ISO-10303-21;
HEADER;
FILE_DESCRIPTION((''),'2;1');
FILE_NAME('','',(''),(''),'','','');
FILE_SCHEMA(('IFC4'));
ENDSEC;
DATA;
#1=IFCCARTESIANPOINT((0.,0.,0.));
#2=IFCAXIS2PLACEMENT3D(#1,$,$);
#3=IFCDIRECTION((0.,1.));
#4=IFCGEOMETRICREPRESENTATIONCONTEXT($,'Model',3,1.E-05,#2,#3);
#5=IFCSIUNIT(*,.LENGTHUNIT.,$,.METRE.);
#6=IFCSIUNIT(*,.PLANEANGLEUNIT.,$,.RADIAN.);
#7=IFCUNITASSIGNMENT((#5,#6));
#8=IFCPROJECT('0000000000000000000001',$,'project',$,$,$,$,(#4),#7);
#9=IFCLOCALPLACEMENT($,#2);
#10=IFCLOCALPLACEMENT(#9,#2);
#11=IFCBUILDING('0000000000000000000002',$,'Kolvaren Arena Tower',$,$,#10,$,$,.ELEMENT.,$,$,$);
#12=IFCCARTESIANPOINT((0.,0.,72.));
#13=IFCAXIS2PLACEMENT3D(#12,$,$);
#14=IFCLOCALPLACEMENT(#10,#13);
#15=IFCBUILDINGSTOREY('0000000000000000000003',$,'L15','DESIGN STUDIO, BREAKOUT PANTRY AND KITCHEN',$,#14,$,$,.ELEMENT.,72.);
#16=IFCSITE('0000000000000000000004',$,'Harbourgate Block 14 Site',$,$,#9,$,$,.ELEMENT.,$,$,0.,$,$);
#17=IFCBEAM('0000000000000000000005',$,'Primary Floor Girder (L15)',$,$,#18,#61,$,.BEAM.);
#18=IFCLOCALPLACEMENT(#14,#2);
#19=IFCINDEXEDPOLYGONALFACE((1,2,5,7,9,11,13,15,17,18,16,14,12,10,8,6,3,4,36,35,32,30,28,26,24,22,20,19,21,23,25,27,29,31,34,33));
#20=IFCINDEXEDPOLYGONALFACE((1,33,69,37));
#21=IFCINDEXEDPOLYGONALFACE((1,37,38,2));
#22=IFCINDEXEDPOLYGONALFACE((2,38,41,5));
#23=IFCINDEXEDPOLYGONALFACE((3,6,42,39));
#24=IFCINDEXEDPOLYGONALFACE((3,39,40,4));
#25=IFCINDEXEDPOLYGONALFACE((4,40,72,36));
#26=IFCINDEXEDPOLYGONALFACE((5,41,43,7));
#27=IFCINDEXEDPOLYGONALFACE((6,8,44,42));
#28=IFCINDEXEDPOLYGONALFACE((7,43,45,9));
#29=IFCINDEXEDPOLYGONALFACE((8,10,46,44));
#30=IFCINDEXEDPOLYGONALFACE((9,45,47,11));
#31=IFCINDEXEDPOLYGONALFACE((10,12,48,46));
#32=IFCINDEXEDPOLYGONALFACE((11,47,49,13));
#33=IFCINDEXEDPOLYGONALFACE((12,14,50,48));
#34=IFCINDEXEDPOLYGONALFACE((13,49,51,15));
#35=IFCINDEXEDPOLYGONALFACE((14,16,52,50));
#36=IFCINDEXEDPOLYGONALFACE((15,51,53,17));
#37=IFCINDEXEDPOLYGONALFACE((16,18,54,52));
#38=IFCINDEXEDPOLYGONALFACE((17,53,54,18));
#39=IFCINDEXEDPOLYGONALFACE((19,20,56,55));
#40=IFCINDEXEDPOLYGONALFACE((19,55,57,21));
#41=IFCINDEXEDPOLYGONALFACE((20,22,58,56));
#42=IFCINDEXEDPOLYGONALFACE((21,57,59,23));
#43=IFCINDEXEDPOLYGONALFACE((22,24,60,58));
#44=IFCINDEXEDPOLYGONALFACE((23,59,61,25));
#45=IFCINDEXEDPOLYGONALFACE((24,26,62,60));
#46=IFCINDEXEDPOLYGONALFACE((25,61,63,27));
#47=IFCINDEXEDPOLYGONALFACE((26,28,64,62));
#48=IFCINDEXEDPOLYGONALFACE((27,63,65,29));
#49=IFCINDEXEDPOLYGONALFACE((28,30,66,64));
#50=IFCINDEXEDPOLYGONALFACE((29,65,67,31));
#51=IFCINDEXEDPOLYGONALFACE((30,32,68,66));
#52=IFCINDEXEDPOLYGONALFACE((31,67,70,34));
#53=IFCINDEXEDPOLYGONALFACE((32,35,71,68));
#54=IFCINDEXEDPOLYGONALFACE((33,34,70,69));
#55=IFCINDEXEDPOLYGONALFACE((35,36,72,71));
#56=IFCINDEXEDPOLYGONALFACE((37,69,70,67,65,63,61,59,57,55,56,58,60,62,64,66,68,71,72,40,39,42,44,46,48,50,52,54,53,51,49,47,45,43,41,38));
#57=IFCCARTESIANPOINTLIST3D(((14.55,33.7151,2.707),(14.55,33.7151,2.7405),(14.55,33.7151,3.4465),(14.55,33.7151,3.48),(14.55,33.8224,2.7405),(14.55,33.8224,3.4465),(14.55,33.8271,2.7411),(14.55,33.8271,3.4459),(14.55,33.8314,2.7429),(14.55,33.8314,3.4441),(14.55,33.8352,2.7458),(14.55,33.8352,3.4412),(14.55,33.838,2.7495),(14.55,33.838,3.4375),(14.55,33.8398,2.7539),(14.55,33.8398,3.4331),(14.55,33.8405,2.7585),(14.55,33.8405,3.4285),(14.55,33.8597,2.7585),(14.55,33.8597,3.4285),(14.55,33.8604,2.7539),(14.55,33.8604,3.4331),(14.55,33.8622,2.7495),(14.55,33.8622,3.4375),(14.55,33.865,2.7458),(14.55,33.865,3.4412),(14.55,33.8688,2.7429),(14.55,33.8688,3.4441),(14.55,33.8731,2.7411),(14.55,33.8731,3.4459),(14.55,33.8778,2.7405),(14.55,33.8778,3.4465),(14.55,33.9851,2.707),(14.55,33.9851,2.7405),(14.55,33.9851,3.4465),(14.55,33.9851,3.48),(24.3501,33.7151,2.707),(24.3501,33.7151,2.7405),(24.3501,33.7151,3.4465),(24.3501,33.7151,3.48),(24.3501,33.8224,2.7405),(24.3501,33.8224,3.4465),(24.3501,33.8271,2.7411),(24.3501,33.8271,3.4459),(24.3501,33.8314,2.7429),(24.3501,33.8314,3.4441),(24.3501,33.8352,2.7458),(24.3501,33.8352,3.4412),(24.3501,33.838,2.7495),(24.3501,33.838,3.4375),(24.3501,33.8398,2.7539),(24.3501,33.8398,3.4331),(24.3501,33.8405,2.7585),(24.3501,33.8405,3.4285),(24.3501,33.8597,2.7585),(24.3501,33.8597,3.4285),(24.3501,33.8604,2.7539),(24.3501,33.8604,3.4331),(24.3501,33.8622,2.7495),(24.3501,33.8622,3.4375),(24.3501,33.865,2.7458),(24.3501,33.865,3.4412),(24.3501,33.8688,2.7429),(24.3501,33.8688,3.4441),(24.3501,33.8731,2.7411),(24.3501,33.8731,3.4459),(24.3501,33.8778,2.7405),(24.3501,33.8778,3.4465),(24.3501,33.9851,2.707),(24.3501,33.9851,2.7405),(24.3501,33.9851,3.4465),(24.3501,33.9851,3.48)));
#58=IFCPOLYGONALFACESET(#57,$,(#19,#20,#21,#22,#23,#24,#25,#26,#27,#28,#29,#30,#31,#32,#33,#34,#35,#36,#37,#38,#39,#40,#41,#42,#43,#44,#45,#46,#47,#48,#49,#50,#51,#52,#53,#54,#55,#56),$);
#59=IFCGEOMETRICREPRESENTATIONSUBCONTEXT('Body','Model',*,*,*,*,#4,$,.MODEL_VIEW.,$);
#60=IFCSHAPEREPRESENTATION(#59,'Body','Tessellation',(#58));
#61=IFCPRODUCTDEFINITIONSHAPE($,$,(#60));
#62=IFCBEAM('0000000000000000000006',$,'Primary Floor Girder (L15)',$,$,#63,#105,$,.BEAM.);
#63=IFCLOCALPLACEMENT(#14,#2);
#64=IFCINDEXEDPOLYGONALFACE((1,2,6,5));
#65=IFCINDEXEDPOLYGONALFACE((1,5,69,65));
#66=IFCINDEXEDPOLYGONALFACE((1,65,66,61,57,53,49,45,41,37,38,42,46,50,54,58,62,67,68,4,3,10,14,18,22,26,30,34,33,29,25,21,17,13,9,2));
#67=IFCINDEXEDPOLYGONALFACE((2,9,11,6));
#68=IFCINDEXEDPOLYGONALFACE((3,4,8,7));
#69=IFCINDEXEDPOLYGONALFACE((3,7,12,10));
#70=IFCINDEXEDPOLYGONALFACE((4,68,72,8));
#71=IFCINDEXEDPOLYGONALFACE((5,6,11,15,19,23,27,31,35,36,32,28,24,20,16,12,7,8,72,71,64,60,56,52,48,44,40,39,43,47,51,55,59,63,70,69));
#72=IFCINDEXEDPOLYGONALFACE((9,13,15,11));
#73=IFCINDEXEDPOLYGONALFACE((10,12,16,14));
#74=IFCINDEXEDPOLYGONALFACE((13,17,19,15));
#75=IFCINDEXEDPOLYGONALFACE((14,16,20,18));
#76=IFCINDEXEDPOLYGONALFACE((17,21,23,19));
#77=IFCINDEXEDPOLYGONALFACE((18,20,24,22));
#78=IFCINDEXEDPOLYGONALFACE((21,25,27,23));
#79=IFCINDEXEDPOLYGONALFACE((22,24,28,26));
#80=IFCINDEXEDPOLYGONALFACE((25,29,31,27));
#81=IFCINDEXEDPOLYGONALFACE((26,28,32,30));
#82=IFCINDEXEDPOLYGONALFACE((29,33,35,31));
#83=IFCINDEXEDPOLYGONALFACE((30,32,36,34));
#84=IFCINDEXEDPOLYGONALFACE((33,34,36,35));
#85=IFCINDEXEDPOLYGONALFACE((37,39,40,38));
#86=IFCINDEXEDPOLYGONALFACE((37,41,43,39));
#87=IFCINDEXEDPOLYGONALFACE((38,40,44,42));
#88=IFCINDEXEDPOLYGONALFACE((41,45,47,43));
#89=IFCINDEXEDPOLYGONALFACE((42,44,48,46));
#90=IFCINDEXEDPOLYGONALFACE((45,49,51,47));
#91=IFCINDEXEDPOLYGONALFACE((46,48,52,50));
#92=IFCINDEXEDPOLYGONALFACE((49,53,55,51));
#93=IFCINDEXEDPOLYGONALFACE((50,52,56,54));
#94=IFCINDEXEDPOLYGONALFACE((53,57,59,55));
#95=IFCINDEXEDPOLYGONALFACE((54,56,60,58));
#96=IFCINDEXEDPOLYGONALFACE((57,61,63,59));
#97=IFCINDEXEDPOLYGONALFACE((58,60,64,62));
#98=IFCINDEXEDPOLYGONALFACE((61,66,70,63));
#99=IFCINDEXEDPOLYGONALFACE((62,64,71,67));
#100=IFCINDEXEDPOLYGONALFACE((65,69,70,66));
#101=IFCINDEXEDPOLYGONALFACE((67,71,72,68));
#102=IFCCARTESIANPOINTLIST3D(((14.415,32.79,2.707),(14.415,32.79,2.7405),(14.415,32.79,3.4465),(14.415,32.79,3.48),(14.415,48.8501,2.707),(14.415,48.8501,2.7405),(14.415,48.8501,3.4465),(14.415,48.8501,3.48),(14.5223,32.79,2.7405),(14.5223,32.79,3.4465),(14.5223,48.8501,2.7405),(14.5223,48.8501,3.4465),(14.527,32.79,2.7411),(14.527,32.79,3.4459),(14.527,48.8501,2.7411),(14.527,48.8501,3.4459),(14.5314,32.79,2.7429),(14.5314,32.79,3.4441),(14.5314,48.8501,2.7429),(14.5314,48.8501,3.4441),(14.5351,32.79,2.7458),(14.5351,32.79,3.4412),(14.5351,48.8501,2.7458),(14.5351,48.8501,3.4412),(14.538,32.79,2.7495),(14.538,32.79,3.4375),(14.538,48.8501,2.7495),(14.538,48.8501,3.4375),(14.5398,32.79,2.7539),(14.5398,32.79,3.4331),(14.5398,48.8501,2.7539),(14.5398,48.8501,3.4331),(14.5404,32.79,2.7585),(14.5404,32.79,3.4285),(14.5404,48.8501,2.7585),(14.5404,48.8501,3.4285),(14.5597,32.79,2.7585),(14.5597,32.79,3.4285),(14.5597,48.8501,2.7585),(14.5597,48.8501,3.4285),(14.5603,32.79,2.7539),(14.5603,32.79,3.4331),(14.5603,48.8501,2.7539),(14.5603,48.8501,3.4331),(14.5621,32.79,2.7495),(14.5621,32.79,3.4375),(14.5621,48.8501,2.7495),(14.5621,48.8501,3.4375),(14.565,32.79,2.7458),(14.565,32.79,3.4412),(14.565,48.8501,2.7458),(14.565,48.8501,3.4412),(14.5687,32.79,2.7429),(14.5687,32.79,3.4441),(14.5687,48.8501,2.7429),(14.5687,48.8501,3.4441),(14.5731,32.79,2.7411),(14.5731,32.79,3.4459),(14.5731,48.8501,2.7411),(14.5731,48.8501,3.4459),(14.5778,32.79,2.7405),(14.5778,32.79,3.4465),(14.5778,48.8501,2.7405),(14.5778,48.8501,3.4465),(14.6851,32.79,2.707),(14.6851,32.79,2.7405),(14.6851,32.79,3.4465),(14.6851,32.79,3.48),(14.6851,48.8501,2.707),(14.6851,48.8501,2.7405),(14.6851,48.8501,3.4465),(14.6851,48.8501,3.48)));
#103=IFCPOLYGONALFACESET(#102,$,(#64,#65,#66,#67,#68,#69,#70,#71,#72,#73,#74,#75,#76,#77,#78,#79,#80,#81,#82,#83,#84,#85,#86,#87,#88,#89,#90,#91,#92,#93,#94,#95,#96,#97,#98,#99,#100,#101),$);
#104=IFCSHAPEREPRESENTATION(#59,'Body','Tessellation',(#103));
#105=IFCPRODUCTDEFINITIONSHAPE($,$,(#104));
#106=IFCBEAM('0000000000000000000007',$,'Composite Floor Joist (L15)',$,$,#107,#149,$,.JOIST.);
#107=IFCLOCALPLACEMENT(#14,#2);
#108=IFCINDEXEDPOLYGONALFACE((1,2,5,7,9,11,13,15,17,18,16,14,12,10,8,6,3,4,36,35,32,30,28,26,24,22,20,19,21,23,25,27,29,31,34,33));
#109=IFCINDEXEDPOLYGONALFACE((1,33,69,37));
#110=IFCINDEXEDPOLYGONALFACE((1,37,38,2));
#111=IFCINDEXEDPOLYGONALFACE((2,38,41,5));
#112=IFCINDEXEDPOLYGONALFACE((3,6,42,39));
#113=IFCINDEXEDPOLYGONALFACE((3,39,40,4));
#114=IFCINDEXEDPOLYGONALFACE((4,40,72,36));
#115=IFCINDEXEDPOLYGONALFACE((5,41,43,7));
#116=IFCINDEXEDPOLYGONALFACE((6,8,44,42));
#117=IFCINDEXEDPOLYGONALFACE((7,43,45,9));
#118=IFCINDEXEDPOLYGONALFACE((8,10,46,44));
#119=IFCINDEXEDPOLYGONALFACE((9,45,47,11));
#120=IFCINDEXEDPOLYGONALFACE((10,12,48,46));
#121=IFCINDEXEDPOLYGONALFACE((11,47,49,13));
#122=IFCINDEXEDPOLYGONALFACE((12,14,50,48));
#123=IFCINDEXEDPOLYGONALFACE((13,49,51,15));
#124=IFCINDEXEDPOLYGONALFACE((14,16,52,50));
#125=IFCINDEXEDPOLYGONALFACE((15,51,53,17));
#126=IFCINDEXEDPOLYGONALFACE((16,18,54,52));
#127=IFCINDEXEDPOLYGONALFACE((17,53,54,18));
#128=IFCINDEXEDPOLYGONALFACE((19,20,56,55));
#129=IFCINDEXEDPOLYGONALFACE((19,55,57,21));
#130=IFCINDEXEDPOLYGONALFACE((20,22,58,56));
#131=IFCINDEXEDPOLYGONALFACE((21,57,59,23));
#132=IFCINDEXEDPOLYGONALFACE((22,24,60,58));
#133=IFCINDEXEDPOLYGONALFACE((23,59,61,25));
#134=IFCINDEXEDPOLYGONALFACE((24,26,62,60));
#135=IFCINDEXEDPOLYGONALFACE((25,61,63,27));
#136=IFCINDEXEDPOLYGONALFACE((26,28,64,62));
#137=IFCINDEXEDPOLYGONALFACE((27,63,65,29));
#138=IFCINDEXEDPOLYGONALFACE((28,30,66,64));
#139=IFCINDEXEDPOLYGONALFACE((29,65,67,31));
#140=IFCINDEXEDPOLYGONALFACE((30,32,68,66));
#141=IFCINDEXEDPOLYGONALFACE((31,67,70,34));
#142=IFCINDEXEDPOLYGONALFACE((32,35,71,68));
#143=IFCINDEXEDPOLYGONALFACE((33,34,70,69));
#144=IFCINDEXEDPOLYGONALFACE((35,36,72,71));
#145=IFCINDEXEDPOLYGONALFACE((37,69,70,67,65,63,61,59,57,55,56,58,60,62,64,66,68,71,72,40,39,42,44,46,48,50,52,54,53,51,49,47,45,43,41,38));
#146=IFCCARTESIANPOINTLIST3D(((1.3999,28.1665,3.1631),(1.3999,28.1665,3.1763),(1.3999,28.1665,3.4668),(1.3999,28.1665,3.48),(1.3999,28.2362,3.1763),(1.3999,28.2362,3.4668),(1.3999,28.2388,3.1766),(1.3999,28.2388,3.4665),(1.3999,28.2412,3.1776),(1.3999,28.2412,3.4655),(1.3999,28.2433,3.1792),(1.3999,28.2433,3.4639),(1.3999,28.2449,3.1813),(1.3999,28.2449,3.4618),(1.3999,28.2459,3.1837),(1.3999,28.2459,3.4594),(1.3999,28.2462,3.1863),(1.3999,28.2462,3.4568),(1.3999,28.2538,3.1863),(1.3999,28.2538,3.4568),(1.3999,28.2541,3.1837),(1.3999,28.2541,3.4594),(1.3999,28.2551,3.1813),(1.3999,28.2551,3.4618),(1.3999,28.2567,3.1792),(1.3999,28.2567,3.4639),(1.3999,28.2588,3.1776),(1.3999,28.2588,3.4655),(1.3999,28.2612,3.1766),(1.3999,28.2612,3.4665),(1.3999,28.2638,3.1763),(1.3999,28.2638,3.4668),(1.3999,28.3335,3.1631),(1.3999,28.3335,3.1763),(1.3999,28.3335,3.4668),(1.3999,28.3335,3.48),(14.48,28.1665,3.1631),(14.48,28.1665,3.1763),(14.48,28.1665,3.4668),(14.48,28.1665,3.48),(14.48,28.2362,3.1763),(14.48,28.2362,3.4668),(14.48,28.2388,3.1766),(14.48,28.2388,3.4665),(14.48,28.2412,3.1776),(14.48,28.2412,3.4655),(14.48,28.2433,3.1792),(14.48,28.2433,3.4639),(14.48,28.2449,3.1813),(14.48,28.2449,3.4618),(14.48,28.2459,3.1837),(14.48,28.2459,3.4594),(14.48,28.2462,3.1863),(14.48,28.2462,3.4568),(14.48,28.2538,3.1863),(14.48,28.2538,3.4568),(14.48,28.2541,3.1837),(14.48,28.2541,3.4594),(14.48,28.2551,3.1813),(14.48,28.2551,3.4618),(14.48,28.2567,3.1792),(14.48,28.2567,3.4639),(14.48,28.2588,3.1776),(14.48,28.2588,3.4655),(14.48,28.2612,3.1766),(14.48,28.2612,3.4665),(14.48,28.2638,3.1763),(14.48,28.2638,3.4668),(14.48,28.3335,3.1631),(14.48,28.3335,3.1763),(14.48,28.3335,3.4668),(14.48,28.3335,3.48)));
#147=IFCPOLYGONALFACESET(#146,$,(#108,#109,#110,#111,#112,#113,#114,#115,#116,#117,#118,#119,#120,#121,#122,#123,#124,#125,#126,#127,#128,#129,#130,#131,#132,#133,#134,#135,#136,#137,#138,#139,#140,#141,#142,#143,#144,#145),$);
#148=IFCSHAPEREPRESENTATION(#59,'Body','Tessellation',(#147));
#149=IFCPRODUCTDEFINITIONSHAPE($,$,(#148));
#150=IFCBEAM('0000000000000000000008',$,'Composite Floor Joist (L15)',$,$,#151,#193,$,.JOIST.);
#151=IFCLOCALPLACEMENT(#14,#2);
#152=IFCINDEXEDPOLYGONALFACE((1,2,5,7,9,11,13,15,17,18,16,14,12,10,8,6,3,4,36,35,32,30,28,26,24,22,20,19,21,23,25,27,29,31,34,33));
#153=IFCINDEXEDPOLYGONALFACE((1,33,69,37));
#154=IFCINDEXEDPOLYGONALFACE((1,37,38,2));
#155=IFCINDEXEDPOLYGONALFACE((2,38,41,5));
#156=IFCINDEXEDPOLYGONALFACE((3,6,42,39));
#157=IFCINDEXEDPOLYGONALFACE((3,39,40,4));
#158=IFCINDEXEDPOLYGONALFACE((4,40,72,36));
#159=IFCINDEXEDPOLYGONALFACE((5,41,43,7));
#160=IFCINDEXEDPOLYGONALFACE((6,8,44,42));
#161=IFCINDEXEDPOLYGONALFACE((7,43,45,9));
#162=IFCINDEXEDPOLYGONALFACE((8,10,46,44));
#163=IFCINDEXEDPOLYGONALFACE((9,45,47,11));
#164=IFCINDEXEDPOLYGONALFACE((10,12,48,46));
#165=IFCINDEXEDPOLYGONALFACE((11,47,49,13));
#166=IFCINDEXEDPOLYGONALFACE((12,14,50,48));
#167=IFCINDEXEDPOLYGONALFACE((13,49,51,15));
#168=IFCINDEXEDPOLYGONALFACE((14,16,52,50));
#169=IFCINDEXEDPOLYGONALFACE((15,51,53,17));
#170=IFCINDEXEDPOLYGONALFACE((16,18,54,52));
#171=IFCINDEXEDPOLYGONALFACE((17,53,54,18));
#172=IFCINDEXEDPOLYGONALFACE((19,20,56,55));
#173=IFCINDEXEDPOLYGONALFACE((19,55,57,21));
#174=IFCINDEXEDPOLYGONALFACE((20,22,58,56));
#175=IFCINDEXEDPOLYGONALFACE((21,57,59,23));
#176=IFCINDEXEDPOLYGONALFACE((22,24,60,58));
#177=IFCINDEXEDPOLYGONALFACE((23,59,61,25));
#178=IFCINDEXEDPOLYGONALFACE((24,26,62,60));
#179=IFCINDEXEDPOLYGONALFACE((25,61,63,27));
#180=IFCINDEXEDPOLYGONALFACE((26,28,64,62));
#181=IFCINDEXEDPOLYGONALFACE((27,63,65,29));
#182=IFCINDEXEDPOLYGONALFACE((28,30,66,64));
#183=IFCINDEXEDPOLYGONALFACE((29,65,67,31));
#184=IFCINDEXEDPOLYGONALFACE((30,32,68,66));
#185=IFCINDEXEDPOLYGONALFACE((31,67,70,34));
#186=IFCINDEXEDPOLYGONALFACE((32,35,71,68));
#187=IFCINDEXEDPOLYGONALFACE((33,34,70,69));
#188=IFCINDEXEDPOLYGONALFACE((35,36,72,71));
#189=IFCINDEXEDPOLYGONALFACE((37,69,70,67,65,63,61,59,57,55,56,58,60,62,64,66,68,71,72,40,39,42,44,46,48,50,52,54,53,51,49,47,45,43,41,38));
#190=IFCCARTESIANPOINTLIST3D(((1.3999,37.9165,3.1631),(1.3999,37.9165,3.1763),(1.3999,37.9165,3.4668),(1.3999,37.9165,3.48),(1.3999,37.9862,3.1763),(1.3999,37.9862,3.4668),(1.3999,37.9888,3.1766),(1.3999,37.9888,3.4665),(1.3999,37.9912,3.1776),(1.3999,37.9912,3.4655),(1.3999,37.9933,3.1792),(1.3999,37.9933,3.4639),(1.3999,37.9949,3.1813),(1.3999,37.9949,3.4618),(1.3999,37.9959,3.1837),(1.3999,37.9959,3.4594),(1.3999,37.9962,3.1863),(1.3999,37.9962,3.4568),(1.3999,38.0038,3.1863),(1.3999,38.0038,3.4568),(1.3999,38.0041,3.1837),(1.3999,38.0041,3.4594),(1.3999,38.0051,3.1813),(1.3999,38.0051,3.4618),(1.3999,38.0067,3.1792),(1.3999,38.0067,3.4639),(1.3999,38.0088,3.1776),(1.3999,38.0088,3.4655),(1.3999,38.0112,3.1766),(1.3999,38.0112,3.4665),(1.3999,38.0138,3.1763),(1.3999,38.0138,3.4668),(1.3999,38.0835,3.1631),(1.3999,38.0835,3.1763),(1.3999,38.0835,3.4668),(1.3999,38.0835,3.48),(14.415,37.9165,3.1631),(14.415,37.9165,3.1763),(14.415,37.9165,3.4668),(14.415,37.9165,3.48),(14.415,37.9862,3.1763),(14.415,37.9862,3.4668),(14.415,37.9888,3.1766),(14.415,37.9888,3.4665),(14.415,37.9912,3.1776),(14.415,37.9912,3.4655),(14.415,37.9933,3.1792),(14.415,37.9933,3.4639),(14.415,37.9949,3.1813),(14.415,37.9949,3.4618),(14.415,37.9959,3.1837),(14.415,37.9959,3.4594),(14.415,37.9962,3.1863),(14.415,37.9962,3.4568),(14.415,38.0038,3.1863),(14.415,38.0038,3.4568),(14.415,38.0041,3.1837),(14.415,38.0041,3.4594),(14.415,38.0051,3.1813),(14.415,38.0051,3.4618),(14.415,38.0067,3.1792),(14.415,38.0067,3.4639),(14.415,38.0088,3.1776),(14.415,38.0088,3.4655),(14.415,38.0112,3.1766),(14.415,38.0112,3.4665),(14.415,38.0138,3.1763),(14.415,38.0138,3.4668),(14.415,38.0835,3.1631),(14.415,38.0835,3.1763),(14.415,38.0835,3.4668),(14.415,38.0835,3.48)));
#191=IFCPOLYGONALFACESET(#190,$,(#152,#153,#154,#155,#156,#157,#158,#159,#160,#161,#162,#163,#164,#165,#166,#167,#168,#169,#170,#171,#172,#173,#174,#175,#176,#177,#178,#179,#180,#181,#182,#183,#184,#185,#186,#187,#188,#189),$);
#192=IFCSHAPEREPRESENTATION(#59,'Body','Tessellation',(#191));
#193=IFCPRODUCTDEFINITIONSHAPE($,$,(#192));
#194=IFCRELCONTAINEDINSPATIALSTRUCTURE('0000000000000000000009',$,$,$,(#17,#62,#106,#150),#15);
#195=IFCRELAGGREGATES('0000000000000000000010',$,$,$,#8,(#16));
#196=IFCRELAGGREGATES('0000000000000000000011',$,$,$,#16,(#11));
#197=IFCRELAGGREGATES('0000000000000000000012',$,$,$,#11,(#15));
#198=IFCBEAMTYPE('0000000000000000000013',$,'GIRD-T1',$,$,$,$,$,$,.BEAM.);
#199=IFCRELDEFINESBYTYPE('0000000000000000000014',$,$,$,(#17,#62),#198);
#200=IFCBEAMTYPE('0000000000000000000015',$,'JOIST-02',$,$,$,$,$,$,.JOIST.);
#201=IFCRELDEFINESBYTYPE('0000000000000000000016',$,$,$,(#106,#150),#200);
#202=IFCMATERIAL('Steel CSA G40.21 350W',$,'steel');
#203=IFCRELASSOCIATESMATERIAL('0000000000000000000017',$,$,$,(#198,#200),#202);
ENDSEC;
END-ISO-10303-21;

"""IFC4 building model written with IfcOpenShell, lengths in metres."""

from ifc_helpers import new_model, si_unit, direction, frame, origin, origin_2d, place, context, subcontext, project, spatial, i_section, extrude, material, material_profile, profile_set, type_object, element, save


model = new_model("IFC4")

# Units and contexts
model_context = context("Model", 3, precision=1e-05, world=origin(), true_north=direction((0.0, 1.0)))
body_context = subcontext(model_context, "Body", "Model", "MODEL_VIEW")
ifc_project = project(units=[si_unit("LENGTHUNIT", "METRE"), si_unit("PLANEANGLEUNIT", "RADIAN")], contexts=[model_context])

# Site, building, storey
site_placement = place(None, origin())
site = spatial("IfcSite", under=ifc_project, at=site_placement, Name="Harbourgate Block 14 Site", CompositionType="ELEMENT", RefElevation=0.0)
building_placement = place(site_placement, origin())
building = spatial("IfcBuilding", under=site, at=building_placement, Name="Kolvaren Arena Tower", CompositionType="ELEMENT")
storey_placement = place(building_placement, frame((0.0, 0.0, 72.0)))
storey = spatial("IfcBuildingStorey", under=building, at=storey_placement, Name="L15", Description="DESIGN STUDIO, BREAKOUT PANTRY AND KITCHEN", CompositionType="ELEMENT", Elevation=72.0)

# Beams
ifc_material_1 = material(Name="Steel CSA G40.21 350W", Category="steel")
ifc_material_profile_1 = material_profile(ifc_material_1, i_section(OverallWidth=0.27, OverallDepth=0.7729, WebThickness=0.0193, FlangeThickness=0.0334, FilletRadius=0.0181, at=origin_2d()), Name="W760x257")
ifc_profile_set_1 = profile_set([ifc_material_profile_1], Name="Steel CSA G40.21 350W")
beam_type_1 = type_object("IfcBeamType", Name="GIRD-T1", PredefinedType="BEAM", material=ifc_profile_set_1)
beam_1_placement = place(storey_placement, frame((14.55, 33.8501, 3.0935), z_axis=(1.0, 0.0, 0.0), x_axis=(0.0, 1.0, 0.0)))
element("IfcBeam", 1, at=beam_1_placement, inside=storey, type_object=beam_type_1, Name="Primary Floor Girder (L15)", PredefinedType="BEAM", context=body_context, shape_type="SweptSolid", body=[
    extrude(i_section(OverallWidth=0.27, OverallDepth=0.7729, WebThickness=0.0193, FlangeThickness=0.0334, FilletRadius=0.0181, at=origin_2d()), origin(), (0.0, 0.0, 1.0), 9.8),
])
beam_2_placement = place(storey_placement, frame((14.55, 32.79, 3.0935), z_axis=(0.0, 1.0, 0.0), x_axis=(-1.0, 0.0, 0.0)))
element("IfcBeam", 2, at=beam_2_placement, inside=storey, type_object=beam_type_1, Name="Primary Floor Girder (L15)", PredefinedType="BEAM", context=body_context, shape_type="SweptSolid", body=[
    extrude(i_section(OverallWidth=0.27, OverallDepth=0.7729, WebThickness=0.0193, FlangeThickness=0.0334, FilletRadius=0.0181, at=origin_2d()), origin(), (0.0, 0.0, 1.0), 16.0601),
])
ifc_material_profile_2 = material_profile(ifc_material_1, i_section(OverallWidth=0.167, OverallDepth=0.3169, WebThickness=0.0076, FlangeThickness=0.0132, FilletRadius=0.01, at=origin_2d()), Name="W310x52")
ifc_profile_set_2 = profile_set([ifc_material_profile_2], Name="Steel CSA G40.21 350W")
beam_type_2 = type_object("IfcBeamType", Name="JOIST-02", PredefinedType="JOIST", material=ifc_profile_set_2)
beam_3_placement = place(storey_placement, frame((1.3999, 28.25, 3.3215), z_axis=(1.0, 0.0, 0.0), x_axis=(0.0, 1.0, 0.0)))
element("IfcBeam", 3, at=beam_3_placement, inside=storey, type_object=beam_type_2, Name="Composite Floor Joist (L15)", PredefinedType="JOIST", context=body_context, shape_type="SweptSolid", body=[
    extrude(i_section(OverallWidth=0.167, OverallDepth=0.3169, WebThickness=0.0076, FlangeThickness=0.0132, FilletRadius=0.01, at=origin_2d()), origin(), (0.0, 0.0, 1.0), 13.0801),
])
beam_4_placement = place(storey_placement, frame((1.3999, 38.0, 3.3215), z_axis=(1.0, 0.0, 0.0), x_axis=(0.0, 1.0, 0.0)))
element("IfcBeam", 4, at=beam_4_placement, inside=storey, type_object=beam_type_2, Name="Composite Floor Joist (L15)", PredefinedType="JOIST", context=body_context, shape_type="SweptSolid", body=[
    extrude(i_section(OverallWidth=0.167, OverallDepth=0.3169, WebThickness=0.0076, FlangeThickness=0.0132, FilletRadius=0.01, at=origin_2d()), origin(), (0.0, 0.0, 1.0), 13.0151),
])

save(model, "model.ifc")
